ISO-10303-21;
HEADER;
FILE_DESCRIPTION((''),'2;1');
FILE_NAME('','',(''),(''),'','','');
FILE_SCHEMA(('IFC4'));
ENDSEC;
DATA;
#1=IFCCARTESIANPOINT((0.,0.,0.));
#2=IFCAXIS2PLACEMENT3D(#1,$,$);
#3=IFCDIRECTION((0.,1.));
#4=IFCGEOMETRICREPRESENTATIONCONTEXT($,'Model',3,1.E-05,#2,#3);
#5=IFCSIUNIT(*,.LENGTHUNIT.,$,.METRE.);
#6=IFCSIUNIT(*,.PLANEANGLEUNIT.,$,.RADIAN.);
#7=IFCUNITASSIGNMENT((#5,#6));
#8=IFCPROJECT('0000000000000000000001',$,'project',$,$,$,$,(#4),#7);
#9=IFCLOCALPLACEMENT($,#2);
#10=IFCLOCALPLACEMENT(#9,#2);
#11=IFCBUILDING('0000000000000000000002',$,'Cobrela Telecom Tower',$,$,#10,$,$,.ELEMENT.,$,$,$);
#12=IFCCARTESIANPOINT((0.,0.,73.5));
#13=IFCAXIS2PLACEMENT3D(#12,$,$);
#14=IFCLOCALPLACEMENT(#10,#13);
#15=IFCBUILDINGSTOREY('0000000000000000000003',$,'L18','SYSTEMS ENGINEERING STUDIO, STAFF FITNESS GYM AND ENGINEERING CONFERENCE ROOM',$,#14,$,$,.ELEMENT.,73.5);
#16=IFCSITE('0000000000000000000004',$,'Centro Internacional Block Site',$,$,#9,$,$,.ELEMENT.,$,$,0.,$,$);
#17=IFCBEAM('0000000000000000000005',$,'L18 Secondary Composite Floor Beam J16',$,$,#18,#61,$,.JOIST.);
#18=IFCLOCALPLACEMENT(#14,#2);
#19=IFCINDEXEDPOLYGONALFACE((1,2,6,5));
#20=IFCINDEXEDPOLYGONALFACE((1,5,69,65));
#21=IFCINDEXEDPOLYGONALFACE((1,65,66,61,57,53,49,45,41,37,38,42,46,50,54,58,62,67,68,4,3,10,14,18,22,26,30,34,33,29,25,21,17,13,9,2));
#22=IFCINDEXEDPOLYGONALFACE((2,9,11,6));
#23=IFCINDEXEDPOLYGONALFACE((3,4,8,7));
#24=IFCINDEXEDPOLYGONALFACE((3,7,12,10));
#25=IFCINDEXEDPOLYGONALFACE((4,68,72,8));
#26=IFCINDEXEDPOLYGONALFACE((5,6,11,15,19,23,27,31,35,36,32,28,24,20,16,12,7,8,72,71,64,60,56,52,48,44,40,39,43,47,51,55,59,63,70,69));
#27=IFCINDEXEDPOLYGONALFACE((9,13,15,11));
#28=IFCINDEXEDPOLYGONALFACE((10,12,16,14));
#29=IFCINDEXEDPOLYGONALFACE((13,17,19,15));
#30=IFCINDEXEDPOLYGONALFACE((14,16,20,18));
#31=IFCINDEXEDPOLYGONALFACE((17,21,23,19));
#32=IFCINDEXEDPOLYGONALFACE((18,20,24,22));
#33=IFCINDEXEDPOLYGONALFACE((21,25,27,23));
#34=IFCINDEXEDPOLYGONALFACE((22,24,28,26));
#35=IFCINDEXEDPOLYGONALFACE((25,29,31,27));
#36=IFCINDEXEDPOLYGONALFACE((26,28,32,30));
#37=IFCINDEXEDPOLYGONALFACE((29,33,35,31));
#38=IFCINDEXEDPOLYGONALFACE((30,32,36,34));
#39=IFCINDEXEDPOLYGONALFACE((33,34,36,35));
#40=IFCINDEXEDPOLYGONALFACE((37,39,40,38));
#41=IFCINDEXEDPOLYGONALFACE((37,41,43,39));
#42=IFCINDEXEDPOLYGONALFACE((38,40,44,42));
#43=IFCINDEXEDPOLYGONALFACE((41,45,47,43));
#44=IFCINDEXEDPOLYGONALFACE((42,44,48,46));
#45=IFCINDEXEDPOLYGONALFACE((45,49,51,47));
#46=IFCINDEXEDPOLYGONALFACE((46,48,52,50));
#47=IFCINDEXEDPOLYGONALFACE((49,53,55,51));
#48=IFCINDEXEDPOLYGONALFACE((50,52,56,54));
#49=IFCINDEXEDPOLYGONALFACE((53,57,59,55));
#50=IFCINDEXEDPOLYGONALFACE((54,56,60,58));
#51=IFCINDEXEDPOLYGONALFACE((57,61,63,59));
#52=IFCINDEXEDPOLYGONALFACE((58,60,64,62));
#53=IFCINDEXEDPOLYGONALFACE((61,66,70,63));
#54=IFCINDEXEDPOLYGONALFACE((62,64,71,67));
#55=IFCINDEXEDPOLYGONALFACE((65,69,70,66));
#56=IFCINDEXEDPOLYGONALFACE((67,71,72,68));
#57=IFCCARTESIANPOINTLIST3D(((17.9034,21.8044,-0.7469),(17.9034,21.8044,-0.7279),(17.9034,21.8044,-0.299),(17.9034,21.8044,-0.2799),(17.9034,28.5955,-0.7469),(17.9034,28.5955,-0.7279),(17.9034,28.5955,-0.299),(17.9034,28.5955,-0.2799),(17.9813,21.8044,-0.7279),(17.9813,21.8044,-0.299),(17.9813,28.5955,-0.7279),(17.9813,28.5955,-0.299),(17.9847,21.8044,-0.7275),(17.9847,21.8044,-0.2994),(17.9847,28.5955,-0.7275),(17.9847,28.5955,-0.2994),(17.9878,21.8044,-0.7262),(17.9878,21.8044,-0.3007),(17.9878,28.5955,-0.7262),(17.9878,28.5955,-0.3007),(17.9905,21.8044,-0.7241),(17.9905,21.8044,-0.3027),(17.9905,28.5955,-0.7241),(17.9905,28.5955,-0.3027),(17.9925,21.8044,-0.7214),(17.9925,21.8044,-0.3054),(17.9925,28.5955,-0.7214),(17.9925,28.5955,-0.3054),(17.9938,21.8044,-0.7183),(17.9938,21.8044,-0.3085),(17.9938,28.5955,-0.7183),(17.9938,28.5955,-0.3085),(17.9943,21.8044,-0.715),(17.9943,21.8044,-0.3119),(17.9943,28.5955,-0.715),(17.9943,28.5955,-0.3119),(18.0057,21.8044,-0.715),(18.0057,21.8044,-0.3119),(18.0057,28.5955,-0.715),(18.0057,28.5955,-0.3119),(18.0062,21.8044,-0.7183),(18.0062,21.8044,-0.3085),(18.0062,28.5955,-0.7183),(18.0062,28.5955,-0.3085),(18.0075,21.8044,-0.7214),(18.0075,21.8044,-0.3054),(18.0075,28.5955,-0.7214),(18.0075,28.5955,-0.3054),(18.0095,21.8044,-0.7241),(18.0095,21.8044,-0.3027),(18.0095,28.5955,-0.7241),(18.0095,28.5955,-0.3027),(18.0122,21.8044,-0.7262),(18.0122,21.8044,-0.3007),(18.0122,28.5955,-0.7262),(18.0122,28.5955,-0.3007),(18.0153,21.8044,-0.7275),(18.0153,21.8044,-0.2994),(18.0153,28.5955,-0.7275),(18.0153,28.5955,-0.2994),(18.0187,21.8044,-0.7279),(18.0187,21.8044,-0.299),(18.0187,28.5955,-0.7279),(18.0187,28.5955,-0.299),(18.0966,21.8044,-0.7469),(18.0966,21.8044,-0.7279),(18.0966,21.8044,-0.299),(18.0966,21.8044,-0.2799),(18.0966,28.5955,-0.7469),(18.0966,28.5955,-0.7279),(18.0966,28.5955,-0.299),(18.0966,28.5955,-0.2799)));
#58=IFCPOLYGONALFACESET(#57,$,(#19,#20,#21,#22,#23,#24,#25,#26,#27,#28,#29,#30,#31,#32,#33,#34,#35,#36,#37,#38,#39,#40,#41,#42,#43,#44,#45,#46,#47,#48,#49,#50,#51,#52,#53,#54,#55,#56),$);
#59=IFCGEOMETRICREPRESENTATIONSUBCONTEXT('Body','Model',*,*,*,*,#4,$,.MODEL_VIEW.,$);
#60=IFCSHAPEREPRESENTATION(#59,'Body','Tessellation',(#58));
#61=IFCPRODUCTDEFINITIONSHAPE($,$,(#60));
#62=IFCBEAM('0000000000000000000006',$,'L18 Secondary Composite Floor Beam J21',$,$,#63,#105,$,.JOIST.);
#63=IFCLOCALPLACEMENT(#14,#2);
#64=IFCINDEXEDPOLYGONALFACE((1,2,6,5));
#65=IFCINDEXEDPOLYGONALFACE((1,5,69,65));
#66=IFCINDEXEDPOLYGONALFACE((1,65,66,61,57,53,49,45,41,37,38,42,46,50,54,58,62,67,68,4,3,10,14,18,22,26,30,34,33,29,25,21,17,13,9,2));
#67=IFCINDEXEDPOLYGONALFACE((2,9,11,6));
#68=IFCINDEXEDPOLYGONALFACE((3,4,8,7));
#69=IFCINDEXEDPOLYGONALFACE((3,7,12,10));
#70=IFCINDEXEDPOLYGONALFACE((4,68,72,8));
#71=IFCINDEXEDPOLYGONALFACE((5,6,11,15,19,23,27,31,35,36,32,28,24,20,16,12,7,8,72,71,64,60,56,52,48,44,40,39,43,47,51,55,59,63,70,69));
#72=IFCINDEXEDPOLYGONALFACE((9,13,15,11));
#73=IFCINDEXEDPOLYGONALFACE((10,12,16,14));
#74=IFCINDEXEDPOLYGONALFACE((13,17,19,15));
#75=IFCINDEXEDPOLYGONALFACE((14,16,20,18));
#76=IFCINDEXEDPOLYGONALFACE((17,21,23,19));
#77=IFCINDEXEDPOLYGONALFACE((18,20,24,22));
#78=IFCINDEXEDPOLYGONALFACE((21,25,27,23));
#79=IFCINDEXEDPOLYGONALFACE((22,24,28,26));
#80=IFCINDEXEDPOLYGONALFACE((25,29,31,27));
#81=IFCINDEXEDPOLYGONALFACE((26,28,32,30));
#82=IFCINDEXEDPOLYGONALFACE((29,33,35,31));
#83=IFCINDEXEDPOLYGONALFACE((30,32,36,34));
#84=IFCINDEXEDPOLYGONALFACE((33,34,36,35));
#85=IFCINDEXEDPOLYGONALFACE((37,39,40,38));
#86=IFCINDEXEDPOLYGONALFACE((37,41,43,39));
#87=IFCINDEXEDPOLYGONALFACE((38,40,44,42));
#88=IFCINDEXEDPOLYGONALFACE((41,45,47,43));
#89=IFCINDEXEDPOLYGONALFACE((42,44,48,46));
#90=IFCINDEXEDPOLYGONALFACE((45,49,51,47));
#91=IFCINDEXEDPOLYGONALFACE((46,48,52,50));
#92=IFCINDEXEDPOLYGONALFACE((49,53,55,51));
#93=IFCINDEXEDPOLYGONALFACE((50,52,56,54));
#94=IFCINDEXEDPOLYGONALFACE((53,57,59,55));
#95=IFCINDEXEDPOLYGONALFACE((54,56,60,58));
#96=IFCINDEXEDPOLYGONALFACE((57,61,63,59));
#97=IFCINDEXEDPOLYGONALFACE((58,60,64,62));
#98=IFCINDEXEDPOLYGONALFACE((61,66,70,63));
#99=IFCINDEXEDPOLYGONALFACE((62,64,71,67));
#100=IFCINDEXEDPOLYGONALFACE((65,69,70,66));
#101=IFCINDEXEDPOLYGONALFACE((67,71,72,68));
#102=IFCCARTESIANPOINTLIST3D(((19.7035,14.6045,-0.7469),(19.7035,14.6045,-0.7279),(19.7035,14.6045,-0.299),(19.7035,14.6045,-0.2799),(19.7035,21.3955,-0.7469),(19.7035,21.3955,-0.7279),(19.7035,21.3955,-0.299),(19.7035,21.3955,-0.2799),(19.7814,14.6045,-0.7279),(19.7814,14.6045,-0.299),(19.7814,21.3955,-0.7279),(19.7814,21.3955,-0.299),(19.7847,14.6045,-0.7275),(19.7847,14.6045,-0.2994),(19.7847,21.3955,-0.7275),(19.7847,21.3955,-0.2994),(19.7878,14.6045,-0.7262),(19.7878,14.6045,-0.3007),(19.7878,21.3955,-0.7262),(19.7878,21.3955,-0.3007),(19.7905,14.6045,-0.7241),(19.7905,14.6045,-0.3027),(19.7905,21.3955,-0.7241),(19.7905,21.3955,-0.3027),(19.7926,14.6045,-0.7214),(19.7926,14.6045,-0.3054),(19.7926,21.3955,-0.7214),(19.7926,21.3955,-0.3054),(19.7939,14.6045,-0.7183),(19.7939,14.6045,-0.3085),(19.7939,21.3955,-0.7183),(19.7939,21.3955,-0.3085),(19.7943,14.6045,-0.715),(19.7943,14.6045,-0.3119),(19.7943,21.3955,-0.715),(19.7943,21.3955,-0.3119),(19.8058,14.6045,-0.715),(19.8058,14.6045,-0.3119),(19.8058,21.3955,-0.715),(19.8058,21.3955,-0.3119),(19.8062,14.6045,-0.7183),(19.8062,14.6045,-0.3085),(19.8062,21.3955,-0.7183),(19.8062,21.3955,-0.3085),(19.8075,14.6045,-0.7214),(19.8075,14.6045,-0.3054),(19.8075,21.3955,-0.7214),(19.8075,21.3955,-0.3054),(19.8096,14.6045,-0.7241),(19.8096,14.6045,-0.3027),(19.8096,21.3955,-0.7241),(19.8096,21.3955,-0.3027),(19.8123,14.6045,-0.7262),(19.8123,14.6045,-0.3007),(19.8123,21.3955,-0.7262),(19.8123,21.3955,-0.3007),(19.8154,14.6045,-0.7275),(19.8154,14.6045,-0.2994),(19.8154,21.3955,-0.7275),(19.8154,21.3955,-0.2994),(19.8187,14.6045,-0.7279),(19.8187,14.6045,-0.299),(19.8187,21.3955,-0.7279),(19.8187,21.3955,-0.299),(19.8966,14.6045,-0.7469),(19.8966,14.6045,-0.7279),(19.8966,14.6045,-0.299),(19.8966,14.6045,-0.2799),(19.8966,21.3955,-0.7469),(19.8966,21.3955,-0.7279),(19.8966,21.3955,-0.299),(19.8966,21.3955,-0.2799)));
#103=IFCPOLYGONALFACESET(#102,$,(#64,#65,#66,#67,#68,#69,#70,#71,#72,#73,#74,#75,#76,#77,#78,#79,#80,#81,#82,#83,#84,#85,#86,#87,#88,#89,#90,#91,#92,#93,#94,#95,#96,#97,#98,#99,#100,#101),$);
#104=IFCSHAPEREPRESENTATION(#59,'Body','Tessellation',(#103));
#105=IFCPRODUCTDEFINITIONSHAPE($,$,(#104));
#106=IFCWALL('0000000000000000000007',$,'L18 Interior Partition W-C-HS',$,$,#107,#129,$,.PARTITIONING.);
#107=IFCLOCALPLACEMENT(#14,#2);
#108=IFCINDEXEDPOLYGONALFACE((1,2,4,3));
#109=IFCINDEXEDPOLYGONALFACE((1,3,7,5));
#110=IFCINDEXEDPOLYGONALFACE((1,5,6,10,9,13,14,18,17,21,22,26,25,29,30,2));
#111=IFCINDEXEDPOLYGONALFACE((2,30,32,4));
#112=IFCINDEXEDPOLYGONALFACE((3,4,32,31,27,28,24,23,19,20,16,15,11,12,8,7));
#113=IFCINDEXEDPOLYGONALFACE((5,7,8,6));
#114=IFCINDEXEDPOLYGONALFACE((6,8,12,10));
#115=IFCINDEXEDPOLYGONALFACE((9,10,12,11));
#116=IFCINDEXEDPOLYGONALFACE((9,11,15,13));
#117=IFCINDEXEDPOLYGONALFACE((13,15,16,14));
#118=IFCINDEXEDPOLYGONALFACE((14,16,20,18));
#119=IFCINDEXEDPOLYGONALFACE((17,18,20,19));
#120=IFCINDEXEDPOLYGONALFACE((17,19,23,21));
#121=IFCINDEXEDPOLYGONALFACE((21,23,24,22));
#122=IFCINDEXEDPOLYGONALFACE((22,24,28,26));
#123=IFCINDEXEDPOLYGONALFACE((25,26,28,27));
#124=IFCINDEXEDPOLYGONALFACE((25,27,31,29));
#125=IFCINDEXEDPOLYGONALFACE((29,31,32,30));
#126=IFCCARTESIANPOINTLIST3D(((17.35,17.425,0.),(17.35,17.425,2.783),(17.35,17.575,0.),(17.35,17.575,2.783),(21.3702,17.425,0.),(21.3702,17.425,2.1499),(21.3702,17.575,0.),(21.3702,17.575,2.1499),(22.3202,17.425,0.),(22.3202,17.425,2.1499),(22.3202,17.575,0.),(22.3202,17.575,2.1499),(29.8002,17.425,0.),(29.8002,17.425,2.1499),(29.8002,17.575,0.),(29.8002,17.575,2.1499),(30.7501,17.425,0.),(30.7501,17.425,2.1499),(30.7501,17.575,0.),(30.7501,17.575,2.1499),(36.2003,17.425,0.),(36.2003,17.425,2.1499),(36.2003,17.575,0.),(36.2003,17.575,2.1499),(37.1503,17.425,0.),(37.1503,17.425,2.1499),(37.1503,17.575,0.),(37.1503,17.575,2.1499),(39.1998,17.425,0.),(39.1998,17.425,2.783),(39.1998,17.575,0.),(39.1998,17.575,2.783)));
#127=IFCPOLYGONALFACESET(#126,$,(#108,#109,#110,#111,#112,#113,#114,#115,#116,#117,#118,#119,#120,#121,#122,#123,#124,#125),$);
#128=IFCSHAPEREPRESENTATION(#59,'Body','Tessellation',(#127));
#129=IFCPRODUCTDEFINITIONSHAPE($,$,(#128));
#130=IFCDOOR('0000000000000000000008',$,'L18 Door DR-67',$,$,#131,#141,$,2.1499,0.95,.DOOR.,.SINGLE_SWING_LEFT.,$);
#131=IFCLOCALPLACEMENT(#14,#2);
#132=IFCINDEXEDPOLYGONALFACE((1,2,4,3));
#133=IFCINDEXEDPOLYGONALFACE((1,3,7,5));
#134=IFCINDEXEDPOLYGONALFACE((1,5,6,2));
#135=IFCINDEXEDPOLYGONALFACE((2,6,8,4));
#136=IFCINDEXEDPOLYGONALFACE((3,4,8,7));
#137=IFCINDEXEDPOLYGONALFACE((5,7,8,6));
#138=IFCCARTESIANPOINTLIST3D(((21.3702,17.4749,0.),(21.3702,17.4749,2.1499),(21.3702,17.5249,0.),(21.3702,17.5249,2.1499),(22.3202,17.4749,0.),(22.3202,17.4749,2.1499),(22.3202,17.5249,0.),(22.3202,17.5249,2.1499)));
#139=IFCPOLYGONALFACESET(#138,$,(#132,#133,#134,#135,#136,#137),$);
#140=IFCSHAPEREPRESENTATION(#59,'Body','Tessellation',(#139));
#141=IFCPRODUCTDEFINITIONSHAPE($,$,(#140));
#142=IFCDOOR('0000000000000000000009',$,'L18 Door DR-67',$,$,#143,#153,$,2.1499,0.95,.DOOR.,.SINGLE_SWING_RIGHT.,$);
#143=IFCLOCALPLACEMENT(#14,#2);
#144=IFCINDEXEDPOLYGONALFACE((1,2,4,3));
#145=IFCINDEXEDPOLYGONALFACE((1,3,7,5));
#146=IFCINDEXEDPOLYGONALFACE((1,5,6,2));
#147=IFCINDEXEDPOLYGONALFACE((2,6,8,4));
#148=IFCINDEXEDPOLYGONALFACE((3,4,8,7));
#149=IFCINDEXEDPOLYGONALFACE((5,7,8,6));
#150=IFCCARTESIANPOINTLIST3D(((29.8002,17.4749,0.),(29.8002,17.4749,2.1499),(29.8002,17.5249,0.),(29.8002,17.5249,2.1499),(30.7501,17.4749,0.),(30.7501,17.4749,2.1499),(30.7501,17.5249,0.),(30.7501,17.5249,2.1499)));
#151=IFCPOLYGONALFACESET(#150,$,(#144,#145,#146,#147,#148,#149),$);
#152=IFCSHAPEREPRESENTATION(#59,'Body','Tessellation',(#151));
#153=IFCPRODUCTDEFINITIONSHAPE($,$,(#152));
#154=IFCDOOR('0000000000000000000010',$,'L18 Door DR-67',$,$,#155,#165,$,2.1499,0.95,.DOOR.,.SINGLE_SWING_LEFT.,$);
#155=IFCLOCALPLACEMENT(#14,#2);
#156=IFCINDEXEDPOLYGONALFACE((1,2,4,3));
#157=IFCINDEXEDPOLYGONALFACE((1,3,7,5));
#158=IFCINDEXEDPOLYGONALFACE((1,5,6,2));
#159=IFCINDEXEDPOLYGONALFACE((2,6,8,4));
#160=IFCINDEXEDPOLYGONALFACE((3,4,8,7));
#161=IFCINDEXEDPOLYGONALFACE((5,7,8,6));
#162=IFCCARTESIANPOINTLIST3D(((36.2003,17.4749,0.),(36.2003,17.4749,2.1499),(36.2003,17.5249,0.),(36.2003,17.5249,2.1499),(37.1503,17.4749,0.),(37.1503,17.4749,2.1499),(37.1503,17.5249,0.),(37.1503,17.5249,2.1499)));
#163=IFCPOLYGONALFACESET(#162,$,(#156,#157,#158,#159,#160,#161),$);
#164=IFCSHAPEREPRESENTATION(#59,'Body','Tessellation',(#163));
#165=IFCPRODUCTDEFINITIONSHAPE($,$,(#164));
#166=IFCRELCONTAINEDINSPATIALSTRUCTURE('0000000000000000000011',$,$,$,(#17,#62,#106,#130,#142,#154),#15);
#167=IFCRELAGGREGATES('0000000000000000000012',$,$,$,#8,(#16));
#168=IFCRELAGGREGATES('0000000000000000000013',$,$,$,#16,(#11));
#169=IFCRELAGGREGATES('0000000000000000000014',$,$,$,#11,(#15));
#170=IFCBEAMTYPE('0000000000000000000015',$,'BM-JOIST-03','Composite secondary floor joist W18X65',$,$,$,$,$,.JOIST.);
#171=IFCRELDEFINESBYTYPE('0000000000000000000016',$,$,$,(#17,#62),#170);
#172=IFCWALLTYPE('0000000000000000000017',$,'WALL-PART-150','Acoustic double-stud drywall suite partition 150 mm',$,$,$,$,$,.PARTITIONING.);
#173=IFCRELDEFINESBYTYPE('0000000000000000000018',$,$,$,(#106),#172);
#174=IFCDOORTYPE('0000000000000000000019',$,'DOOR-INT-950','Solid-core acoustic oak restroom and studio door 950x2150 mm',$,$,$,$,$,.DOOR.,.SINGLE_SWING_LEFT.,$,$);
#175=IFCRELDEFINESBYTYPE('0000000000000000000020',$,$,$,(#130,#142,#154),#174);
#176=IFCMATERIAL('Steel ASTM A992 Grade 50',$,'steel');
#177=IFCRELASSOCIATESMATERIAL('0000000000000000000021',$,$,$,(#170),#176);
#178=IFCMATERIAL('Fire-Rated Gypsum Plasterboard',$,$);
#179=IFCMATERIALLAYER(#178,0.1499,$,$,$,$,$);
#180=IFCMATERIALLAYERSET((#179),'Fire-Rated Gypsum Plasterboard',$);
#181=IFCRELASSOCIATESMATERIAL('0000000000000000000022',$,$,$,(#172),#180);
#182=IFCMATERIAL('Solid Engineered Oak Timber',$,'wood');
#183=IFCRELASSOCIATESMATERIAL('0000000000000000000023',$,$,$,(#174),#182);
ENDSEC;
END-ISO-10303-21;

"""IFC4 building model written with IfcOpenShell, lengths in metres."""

from ifc_helpers import new_model, si_unit, direction, frame, frame_2d, origin, origin_2d, place, context, subcontext, project, spatial, rectangle, i_section, extrude, material, layer, layer_set, material_profile, profile_set, type_object, element, fill, save


model = new_model("IFC4")

# Units and contexts
model_context = context("Model", 3, precision=1e-05, world=origin(), true_north=direction((0.0, 1.0)))
body_context = subcontext(model_context, "Body", "Model", "MODEL_VIEW")
ifc_project = project(units=[si_unit("LENGTHUNIT", "METRE"), si_unit("PLANEANGLEUNIT", "RADIAN")], contexts=[model_context])

# Site, building, storey
site_placement = place(None, origin())
site = spatial("IfcSite", under=ifc_project, at=site_placement, Name="Centro Internacional Block Site", CompositionType="ELEMENT", RefElevation=0.0)
building_placement = place(site_placement, origin())
building = spatial("IfcBuilding", under=site, at=building_placement, Name="Cobrela Telecom Tower", CompositionType="ELEMENT")
storey_placement = place(building_placement, frame((0.0, 0.0, 73.5)))
storey = spatial("IfcBuildingStorey", under=building, at=storey_placement, Name="L18", Description="SYSTEMS ENGINEERING STUDIO, STAFF FITNESS GYM AND ENGINEERING CONFERENCE ROOM", CompositionType="ELEMENT", Elevation=73.5)

# Beams
ifc_material_1 = material(Name="Steel ASTM A992 Grade 50", Category="steel")
ifc_material_profile_1 = material_profile(ifc_material_1, i_section(OverallWidth=0.1931, OverallDepth=0.467, WebThickness=0.0115, FlangeThickness=0.019, FilletRadius=0.0129, at=origin_2d()), Name="W18X65")
ifc_profile_set_1 = profile_set([ifc_material_profile_1], Name="Steel ASTM A992 Grade 50")
beam_type_1 = type_object("IfcBeamType", Name="BM-JOIST-03", Description="Composite secondary floor joist W18X65", PredefinedType="JOIST", material=ifc_profile_set_1)
for number, where, z_axis, x_axis, name in (
    (1, (18.0, 21.8044, -0.5134), (0.0, 1.0, 0.0), (-1.0, 0.0, 0.0), "L18 Secondary Composite Floor Beam J16"),
    (2, (19.8, 14.6045, -0.5134), (0.0, 1.0, 0.0), (-1.0, 0.0, 0.0), "L18 Secondary Composite Floor Beam J21"),
):
    element("IfcBeam", number, at=place(storey_placement, frame(where, z_axis=z_axis, x_axis=x_axis)), inside=storey, type_object=beam_type_1, Name=name, PredefinedType="JOIST", context=body_context, shape_type="SweptSolid", body=[
        extrude(i_section(OverallWidth=0.1931, OverallDepth=0.467, WebThickness=0.0115, FlangeThickness=0.019, FilletRadius=0.0129, at=origin_2d()), origin(), (0.0, 0.0, 1.0), 6.791),
    ])

# Wall, openings, doors
ifc_material_2 = material(Name="Fire-Rated Gypsum Plasterboard")
ifc_layer_1 = layer(ifc_material_2, 0.1499)
ifc_layer_set_1 = layer_set([ifc_layer_1], Name="Fire-Rated Gypsum Plasterboard")
wall_type_1 = type_object("IfcWallType", Name="WALL-PART-150", Description="Acoustic double-stud drywall suite partition 150 mm", PredefinedType="PARTITIONING", material=ifc_layer_set_1)
ifc_material_3 = material(Name="Solid Engineered Oak Timber", Category="wood")
door_type_1 = type_object("IfcDoorType", Name="DOOR-INT-950", Description="Solid-core acoustic oak restroom and studio door 950x2150 mm", OperationType="SINGLE_SWING_LEFT", PredefinedType="DOOR", material=ifc_material_3)
wall_1_placement = place(storey_placement, frame((17.3501, 17.5, 0.0), z_axis=(0.0, 0.0, 1.0), x_axis=(1.0, 0.0, 0.0)))
wall_1 = element("IfcWall", 3, at=wall_1_placement, inside=storey, type_object=wall_type_1, Name="L18 Interior Partition W-C-HS", PredefinedType="PARTITIONING", context=body_context, shape_type="SweptSolid", body=[
    extrude(rectangle(XDim=21.8499, YDim=0.1499, at=frame_2d((10.9248, 0.0))), origin(), (0.0, 0.0, 1.0), 2.783),
])
opening_1_placement = place(wall_1_placement, frame((4.02, 0.0, 0.0)))
opening_1 = element("IfcOpeningElement", 4, at=opening_1_placement, cuts=wall_1, PredefinedType="OPENING", context=body_context, shape_type="SweptSolid", body=[
    extrude(rectangle(XDim=0.95, YDim=2.1499, at=frame_2d((0.4751, 1.075))), frame((0.0, 0.0869, 0.0), z_axis=(0.0, -1.0, 0.0), x_axis=(1.0, 0.0, 0.0)), (0.0, 0.0, 1.0), 0.1738),
])
opening_2_placement = place(wall_1_placement, frame((12.45, 0.0, 0.0)))
opening_2 = element("IfcOpeningElement", 5, at=opening_2_placement, cuts=wall_1, PredefinedType="OPENING", context=body_context, shape_type="SweptSolid", body=[
    extrude(rectangle(XDim=0.95, YDim=2.1499, at=frame_2d((0.4751, 1.075))), frame((0.0, 0.0869, 0.0), z_axis=(0.0, -1.0, 0.0), x_axis=(1.0, 0.0, 0.0)), (0.0, 0.0, 1.0), 0.1738),
])
opening_3_placement = place(wall_1_placement, frame((18.8501, 0.0, 0.0)))
opening_3 = element("IfcOpeningElement", 6, at=opening_3_placement, cuts=wall_1, PredefinedType="OPENING", context=body_context, shape_type="SweptSolid", body=[
    extrude(rectangle(XDim=0.95, YDim=2.1499, at=frame_2d((0.4751, 1.075))), frame((0.0, 0.0869, 0.0), z_axis=(0.0, -1.0, 0.0), x_axis=(1.0, 0.0, 0.0)), (0.0, 0.0, 1.0), 0.1738),
])
door_1_placement = place(opening_1_placement, origin())
door_1 = element("IfcDoor", 7, at=door_1_placement, inside=storey, type_object=door_type_1, Name="L18 Door DR-67", OperationType="SINGLE_SWING_LEFT", OverallHeight=2.1499, OverallWidth=0.95, PredefinedType="DOOR", context=body_context, shape_type="SweptSolid", body=[
    extrude(rectangle(XDim=0.95, YDim=2.1499, at=frame_2d((0.4751, 1.075))), frame((0.0, 0.0249, 0.0), z_axis=(0.0, -1.0, 0.0), x_axis=(1.0, 0.0, 0.0)), (0.0, 0.0, 1.0), 0.05),
])
fill(opening_1, door_1)
door_2_placement = place(opening_2_placement, origin())
door_2 = element("IfcDoor", 8, at=door_2_placement, inside=storey, type_object=door_type_1, Name="L18 Door DR-67", OperationType="SINGLE_SWING_RIGHT", OverallHeight=2.1499, OverallWidth=0.95, PredefinedType="DOOR", context=body_context, shape_type="SweptSolid", body=[
    extrude(rectangle(XDim=0.95, YDim=2.1499, at=frame_2d((0.4751, 1.075))), frame((0.0, 0.0249, 0.0), z_axis=(0.0, -1.0, 0.0), x_axis=(1.0, 0.0, 0.0)), (0.0, 0.0, 1.0), 0.05),
])
fill(opening_2, door_2)
door_3_placement = place(opening_3_placement, origin())
door_3 = element("IfcDoor", 9, at=door_3_placement, inside=storey, type_object=door_type_1, Name="L18 Door DR-67", OperationType="SINGLE_SWING_LEFT", OverallHeight=2.1499, OverallWidth=0.95, PredefinedType="DOOR", context=body_context, shape_type="SweptSolid", body=[
    extrude(rectangle(XDim=0.95, YDim=2.1499, at=frame_2d((0.4751, 1.075))), frame((0.0, 0.0249, 0.0), z_axis=(0.0, -1.0, 0.0), x_axis=(1.0, 0.0, 0.0)), (0.0, 0.0, 1.0), 0.05),
])
fill(opening_3, door_3)

save(model, "model.ifc")
